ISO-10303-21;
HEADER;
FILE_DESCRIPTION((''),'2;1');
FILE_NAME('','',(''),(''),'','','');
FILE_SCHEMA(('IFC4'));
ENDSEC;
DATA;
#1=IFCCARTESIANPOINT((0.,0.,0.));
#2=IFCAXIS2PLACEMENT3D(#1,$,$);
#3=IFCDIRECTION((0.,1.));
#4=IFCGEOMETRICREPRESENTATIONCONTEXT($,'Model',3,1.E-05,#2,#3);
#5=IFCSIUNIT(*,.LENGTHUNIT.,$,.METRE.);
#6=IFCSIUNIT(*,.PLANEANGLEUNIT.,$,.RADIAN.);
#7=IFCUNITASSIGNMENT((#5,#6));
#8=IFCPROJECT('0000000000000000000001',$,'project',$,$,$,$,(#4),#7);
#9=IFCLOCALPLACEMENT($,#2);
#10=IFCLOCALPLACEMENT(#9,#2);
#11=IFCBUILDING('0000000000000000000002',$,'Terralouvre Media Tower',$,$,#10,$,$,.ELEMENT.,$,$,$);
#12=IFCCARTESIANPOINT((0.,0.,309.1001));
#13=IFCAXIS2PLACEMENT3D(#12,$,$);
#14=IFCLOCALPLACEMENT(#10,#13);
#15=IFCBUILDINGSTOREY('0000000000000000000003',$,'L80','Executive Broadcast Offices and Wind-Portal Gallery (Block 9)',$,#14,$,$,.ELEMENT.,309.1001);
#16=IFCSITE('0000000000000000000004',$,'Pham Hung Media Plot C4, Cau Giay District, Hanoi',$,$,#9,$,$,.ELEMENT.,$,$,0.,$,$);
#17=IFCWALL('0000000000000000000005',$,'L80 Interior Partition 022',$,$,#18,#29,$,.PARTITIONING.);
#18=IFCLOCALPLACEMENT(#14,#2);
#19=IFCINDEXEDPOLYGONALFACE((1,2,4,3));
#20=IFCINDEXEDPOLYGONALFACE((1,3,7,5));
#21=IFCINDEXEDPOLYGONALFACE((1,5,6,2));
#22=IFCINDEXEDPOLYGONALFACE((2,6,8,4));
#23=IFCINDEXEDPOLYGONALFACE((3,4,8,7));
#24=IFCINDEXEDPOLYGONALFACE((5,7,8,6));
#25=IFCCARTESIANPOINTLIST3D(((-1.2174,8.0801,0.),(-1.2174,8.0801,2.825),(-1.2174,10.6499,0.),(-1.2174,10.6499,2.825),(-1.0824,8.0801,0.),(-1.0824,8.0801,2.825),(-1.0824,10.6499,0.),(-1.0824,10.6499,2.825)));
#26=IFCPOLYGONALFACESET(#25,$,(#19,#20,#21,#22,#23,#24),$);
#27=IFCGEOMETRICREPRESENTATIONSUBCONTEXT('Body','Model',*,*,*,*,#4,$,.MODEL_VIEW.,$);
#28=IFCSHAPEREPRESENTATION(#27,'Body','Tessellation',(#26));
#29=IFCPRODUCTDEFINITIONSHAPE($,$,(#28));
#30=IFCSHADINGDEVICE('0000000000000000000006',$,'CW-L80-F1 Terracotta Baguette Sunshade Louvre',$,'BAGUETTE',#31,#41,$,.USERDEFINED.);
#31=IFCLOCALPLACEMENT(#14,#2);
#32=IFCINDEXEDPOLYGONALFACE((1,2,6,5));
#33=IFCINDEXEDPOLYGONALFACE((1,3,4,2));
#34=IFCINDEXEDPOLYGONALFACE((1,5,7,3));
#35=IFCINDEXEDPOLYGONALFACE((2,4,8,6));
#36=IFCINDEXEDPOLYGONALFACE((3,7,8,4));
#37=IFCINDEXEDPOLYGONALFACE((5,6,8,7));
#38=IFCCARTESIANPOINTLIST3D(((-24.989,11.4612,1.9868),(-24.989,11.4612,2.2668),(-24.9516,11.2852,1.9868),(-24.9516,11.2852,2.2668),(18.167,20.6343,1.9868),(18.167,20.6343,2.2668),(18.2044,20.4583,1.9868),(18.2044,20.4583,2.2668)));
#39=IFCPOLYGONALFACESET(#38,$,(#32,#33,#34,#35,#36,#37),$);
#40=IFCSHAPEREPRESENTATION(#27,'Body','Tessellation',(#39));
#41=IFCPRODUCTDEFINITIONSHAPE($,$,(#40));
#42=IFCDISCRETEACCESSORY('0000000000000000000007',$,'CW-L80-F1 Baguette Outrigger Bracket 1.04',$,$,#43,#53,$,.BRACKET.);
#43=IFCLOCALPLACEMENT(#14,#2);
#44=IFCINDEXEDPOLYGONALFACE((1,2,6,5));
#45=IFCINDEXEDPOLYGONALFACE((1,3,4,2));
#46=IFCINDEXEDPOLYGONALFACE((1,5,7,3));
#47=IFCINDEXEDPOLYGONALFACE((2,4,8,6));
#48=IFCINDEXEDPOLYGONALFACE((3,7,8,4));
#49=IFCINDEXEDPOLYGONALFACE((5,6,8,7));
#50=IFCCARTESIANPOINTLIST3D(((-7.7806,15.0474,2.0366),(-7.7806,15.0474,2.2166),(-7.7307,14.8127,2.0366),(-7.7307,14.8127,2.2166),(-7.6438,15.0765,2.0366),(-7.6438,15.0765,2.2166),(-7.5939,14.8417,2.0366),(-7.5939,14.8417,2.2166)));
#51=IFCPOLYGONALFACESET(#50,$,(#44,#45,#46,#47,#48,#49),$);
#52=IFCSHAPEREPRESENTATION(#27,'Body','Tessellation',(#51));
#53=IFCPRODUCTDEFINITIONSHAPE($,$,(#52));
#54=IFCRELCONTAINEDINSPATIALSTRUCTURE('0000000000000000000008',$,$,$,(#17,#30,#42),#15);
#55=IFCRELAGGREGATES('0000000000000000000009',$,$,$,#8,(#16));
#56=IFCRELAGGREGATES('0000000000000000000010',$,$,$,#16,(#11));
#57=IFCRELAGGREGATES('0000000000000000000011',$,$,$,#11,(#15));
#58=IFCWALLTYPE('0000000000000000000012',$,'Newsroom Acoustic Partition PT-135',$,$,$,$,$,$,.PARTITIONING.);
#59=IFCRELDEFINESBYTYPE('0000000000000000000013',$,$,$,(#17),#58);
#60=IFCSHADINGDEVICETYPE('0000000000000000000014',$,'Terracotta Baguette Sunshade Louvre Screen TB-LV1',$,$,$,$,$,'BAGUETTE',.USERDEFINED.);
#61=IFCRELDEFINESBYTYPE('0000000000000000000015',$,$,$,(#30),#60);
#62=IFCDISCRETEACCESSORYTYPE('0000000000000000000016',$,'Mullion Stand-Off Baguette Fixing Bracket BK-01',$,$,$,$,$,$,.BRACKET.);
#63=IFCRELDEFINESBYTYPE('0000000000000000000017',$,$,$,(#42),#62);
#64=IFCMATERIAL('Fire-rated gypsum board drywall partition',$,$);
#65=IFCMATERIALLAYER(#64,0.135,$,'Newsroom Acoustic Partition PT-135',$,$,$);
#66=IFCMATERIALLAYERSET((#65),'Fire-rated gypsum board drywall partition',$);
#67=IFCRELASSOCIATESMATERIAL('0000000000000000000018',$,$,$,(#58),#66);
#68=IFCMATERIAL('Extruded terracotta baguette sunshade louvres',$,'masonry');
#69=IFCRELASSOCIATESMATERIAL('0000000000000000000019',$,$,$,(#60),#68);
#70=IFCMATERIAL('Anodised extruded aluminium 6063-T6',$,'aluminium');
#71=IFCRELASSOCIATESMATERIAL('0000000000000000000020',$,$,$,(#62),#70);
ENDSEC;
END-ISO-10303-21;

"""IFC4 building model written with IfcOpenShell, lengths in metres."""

from ifc_helpers import new_model, si_unit, direction, frame, frame_2d, origin, origin_2d, place, context, subcontext, project, spatial, rectangle, extrude, material, layer, layer_set, type_object, element, save


model = new_model("IFC4")

# Units and contexts
model_context = context("Model", 3, precision=1e-05, world=origin(), true_north=direction((0.0, 1.0)))
body_context = subcontext(model_context, "Body", "Model", "MODEL_VIEW")
ifc_project = project(units=[si_unit("LENGTHUNIT", "METRE"), si_unit("PLANEANGLEUNIT", "RADIAN")], contexts=[model_context])

# Site, building, storey
site_placement = place(None, origin())
site = spatial("IfcSite", under=ifc_project, at=site_placement, Name="Pham Hung Media Plot C4, Cau Giay District, Hanoi", CompositionType="ELEMENT", RefElevation=0.0)
building_placement = place(site_placement, origin())
building = spatial("IfcBuilding", under=site, at=building_placement, Name="Terralouvre Media Tower", CompositionType="ELEMENT")
storey_placement = place(building_placement, frame((0.0, 0.0, 309.1001)))
storey = spatial("IfcBuildingStorey", under=building, at=storey_placement, Name="L80", Description="Executive Broadcast Offices and Wind-Portal Gallery (Block 9)", CompositionType="ELEMENT", Elevation=309.1001)

# Wall
ifc_material_1 = material(Name="Fire-rated gypsum board drywall partition")
ifc_layer_1 = layer(ifc_material_1, 0.135, Name="Newsroom Acoustic Partition PT-135")
ifc_layer_set_1 = layer_set([ifc_layer_1], Name="Fire-rated gypsum board drywall partition")
wall_type_1 = type_object("IfcWallType", Name="Newsroom Acoustic Partition PT-135", PredefinedType="PARTITIONING", material=ifc_layer_set_1)
wall_1_placement = place(storey_placement, frame((-1.1499, 10.6499, 0.0), z_axis=(0.0, 0.0, 1.0), x_axis=(0.0, -1.0, 0.0)))
element("IfcWall", 1, at=wall_1_placement, inside=storey, type_object=wall_type_1, Name="L80 Interior Partition 022", PredefinedType="PARTITIONING", context=body_context, shape_type="SweptSolid", body=[
    extrude(rectangle(XDim=2.5698, YDim=0.135, at=frame_2d((1.2849, 0.0))), origin(), (0.0, 0.0, 1.0), 2.825),
])

# Shading device
ifc_material_2 = material(Name="Extruded terracotta baguette sunshade louvres", Category="masonry")
shading_device_type = type_object("IfcShadingDeviceType", Name="Terracotta Baguette Sunshade Louvre Screen TB-LV1", ElementType="BAGUETTE", PredefinedType="USERDEFINED", material=ifc_material_2)
shading_device_placement = place(storey_placement, frame((-3.3923, 15.9597, 1.9868), z_axis=(0.0, 0.0, 1.0), x_axis=(-0.978148, -0.207912, 0.0)))
element("IfcShadingDevice", 2, at=shading_device_placement, inside=storey, type_object=shading_device_type, Name="CW-L80-F1 Terracotta Baguette Sunshade Louvre", ObjectType="BAGUETTE", PredefinedType="USERDEFINED", context=body_context, shape_type="SweptSolid", body=[
    extrude(rectangle(XDim=44.1201, YDim=0.1799, at=origin_2d()), origin(), (0.0, 0.0, 1.0), 0.28),
])

# Discrete accessory
ifc_material_3 = material(Name="Anodised extruded aluminium 6063-T6", Category="aluminium")
discrete_accessory_type = type_object("IfcDiscreteAccessoryType", Name="Mullion Stand-Off Baguette Fixing Bracket BK-01", PredefinedType="BRACKET", material=ifc_material_3)
discrete_accessory_placement = place(storey_placement, frame((-7.6873, 14.9446, 2.0366), z_axis=(0.0, 0.0, 1.0), x_axis=(-0.978148, -0.207912, 0.0)))
element("IfcDiscreteAccessory", 3, at=discrete_accessory_placement, inside=storey, type_object=discrete_accessory_type, Name="CW-L80-F1 Baguette Outrigger Bracket 1.04", PredefinedType="BRACKET", context=body_context, shape_type="SweptSolid", body=[
    extrude(rectangle(XDim=0.1399, YDim=0.24, at=origin_2d()), origin(), (0.0, 0.0, 1.0), 0.1799),
])

save(model, "model.ifc")
